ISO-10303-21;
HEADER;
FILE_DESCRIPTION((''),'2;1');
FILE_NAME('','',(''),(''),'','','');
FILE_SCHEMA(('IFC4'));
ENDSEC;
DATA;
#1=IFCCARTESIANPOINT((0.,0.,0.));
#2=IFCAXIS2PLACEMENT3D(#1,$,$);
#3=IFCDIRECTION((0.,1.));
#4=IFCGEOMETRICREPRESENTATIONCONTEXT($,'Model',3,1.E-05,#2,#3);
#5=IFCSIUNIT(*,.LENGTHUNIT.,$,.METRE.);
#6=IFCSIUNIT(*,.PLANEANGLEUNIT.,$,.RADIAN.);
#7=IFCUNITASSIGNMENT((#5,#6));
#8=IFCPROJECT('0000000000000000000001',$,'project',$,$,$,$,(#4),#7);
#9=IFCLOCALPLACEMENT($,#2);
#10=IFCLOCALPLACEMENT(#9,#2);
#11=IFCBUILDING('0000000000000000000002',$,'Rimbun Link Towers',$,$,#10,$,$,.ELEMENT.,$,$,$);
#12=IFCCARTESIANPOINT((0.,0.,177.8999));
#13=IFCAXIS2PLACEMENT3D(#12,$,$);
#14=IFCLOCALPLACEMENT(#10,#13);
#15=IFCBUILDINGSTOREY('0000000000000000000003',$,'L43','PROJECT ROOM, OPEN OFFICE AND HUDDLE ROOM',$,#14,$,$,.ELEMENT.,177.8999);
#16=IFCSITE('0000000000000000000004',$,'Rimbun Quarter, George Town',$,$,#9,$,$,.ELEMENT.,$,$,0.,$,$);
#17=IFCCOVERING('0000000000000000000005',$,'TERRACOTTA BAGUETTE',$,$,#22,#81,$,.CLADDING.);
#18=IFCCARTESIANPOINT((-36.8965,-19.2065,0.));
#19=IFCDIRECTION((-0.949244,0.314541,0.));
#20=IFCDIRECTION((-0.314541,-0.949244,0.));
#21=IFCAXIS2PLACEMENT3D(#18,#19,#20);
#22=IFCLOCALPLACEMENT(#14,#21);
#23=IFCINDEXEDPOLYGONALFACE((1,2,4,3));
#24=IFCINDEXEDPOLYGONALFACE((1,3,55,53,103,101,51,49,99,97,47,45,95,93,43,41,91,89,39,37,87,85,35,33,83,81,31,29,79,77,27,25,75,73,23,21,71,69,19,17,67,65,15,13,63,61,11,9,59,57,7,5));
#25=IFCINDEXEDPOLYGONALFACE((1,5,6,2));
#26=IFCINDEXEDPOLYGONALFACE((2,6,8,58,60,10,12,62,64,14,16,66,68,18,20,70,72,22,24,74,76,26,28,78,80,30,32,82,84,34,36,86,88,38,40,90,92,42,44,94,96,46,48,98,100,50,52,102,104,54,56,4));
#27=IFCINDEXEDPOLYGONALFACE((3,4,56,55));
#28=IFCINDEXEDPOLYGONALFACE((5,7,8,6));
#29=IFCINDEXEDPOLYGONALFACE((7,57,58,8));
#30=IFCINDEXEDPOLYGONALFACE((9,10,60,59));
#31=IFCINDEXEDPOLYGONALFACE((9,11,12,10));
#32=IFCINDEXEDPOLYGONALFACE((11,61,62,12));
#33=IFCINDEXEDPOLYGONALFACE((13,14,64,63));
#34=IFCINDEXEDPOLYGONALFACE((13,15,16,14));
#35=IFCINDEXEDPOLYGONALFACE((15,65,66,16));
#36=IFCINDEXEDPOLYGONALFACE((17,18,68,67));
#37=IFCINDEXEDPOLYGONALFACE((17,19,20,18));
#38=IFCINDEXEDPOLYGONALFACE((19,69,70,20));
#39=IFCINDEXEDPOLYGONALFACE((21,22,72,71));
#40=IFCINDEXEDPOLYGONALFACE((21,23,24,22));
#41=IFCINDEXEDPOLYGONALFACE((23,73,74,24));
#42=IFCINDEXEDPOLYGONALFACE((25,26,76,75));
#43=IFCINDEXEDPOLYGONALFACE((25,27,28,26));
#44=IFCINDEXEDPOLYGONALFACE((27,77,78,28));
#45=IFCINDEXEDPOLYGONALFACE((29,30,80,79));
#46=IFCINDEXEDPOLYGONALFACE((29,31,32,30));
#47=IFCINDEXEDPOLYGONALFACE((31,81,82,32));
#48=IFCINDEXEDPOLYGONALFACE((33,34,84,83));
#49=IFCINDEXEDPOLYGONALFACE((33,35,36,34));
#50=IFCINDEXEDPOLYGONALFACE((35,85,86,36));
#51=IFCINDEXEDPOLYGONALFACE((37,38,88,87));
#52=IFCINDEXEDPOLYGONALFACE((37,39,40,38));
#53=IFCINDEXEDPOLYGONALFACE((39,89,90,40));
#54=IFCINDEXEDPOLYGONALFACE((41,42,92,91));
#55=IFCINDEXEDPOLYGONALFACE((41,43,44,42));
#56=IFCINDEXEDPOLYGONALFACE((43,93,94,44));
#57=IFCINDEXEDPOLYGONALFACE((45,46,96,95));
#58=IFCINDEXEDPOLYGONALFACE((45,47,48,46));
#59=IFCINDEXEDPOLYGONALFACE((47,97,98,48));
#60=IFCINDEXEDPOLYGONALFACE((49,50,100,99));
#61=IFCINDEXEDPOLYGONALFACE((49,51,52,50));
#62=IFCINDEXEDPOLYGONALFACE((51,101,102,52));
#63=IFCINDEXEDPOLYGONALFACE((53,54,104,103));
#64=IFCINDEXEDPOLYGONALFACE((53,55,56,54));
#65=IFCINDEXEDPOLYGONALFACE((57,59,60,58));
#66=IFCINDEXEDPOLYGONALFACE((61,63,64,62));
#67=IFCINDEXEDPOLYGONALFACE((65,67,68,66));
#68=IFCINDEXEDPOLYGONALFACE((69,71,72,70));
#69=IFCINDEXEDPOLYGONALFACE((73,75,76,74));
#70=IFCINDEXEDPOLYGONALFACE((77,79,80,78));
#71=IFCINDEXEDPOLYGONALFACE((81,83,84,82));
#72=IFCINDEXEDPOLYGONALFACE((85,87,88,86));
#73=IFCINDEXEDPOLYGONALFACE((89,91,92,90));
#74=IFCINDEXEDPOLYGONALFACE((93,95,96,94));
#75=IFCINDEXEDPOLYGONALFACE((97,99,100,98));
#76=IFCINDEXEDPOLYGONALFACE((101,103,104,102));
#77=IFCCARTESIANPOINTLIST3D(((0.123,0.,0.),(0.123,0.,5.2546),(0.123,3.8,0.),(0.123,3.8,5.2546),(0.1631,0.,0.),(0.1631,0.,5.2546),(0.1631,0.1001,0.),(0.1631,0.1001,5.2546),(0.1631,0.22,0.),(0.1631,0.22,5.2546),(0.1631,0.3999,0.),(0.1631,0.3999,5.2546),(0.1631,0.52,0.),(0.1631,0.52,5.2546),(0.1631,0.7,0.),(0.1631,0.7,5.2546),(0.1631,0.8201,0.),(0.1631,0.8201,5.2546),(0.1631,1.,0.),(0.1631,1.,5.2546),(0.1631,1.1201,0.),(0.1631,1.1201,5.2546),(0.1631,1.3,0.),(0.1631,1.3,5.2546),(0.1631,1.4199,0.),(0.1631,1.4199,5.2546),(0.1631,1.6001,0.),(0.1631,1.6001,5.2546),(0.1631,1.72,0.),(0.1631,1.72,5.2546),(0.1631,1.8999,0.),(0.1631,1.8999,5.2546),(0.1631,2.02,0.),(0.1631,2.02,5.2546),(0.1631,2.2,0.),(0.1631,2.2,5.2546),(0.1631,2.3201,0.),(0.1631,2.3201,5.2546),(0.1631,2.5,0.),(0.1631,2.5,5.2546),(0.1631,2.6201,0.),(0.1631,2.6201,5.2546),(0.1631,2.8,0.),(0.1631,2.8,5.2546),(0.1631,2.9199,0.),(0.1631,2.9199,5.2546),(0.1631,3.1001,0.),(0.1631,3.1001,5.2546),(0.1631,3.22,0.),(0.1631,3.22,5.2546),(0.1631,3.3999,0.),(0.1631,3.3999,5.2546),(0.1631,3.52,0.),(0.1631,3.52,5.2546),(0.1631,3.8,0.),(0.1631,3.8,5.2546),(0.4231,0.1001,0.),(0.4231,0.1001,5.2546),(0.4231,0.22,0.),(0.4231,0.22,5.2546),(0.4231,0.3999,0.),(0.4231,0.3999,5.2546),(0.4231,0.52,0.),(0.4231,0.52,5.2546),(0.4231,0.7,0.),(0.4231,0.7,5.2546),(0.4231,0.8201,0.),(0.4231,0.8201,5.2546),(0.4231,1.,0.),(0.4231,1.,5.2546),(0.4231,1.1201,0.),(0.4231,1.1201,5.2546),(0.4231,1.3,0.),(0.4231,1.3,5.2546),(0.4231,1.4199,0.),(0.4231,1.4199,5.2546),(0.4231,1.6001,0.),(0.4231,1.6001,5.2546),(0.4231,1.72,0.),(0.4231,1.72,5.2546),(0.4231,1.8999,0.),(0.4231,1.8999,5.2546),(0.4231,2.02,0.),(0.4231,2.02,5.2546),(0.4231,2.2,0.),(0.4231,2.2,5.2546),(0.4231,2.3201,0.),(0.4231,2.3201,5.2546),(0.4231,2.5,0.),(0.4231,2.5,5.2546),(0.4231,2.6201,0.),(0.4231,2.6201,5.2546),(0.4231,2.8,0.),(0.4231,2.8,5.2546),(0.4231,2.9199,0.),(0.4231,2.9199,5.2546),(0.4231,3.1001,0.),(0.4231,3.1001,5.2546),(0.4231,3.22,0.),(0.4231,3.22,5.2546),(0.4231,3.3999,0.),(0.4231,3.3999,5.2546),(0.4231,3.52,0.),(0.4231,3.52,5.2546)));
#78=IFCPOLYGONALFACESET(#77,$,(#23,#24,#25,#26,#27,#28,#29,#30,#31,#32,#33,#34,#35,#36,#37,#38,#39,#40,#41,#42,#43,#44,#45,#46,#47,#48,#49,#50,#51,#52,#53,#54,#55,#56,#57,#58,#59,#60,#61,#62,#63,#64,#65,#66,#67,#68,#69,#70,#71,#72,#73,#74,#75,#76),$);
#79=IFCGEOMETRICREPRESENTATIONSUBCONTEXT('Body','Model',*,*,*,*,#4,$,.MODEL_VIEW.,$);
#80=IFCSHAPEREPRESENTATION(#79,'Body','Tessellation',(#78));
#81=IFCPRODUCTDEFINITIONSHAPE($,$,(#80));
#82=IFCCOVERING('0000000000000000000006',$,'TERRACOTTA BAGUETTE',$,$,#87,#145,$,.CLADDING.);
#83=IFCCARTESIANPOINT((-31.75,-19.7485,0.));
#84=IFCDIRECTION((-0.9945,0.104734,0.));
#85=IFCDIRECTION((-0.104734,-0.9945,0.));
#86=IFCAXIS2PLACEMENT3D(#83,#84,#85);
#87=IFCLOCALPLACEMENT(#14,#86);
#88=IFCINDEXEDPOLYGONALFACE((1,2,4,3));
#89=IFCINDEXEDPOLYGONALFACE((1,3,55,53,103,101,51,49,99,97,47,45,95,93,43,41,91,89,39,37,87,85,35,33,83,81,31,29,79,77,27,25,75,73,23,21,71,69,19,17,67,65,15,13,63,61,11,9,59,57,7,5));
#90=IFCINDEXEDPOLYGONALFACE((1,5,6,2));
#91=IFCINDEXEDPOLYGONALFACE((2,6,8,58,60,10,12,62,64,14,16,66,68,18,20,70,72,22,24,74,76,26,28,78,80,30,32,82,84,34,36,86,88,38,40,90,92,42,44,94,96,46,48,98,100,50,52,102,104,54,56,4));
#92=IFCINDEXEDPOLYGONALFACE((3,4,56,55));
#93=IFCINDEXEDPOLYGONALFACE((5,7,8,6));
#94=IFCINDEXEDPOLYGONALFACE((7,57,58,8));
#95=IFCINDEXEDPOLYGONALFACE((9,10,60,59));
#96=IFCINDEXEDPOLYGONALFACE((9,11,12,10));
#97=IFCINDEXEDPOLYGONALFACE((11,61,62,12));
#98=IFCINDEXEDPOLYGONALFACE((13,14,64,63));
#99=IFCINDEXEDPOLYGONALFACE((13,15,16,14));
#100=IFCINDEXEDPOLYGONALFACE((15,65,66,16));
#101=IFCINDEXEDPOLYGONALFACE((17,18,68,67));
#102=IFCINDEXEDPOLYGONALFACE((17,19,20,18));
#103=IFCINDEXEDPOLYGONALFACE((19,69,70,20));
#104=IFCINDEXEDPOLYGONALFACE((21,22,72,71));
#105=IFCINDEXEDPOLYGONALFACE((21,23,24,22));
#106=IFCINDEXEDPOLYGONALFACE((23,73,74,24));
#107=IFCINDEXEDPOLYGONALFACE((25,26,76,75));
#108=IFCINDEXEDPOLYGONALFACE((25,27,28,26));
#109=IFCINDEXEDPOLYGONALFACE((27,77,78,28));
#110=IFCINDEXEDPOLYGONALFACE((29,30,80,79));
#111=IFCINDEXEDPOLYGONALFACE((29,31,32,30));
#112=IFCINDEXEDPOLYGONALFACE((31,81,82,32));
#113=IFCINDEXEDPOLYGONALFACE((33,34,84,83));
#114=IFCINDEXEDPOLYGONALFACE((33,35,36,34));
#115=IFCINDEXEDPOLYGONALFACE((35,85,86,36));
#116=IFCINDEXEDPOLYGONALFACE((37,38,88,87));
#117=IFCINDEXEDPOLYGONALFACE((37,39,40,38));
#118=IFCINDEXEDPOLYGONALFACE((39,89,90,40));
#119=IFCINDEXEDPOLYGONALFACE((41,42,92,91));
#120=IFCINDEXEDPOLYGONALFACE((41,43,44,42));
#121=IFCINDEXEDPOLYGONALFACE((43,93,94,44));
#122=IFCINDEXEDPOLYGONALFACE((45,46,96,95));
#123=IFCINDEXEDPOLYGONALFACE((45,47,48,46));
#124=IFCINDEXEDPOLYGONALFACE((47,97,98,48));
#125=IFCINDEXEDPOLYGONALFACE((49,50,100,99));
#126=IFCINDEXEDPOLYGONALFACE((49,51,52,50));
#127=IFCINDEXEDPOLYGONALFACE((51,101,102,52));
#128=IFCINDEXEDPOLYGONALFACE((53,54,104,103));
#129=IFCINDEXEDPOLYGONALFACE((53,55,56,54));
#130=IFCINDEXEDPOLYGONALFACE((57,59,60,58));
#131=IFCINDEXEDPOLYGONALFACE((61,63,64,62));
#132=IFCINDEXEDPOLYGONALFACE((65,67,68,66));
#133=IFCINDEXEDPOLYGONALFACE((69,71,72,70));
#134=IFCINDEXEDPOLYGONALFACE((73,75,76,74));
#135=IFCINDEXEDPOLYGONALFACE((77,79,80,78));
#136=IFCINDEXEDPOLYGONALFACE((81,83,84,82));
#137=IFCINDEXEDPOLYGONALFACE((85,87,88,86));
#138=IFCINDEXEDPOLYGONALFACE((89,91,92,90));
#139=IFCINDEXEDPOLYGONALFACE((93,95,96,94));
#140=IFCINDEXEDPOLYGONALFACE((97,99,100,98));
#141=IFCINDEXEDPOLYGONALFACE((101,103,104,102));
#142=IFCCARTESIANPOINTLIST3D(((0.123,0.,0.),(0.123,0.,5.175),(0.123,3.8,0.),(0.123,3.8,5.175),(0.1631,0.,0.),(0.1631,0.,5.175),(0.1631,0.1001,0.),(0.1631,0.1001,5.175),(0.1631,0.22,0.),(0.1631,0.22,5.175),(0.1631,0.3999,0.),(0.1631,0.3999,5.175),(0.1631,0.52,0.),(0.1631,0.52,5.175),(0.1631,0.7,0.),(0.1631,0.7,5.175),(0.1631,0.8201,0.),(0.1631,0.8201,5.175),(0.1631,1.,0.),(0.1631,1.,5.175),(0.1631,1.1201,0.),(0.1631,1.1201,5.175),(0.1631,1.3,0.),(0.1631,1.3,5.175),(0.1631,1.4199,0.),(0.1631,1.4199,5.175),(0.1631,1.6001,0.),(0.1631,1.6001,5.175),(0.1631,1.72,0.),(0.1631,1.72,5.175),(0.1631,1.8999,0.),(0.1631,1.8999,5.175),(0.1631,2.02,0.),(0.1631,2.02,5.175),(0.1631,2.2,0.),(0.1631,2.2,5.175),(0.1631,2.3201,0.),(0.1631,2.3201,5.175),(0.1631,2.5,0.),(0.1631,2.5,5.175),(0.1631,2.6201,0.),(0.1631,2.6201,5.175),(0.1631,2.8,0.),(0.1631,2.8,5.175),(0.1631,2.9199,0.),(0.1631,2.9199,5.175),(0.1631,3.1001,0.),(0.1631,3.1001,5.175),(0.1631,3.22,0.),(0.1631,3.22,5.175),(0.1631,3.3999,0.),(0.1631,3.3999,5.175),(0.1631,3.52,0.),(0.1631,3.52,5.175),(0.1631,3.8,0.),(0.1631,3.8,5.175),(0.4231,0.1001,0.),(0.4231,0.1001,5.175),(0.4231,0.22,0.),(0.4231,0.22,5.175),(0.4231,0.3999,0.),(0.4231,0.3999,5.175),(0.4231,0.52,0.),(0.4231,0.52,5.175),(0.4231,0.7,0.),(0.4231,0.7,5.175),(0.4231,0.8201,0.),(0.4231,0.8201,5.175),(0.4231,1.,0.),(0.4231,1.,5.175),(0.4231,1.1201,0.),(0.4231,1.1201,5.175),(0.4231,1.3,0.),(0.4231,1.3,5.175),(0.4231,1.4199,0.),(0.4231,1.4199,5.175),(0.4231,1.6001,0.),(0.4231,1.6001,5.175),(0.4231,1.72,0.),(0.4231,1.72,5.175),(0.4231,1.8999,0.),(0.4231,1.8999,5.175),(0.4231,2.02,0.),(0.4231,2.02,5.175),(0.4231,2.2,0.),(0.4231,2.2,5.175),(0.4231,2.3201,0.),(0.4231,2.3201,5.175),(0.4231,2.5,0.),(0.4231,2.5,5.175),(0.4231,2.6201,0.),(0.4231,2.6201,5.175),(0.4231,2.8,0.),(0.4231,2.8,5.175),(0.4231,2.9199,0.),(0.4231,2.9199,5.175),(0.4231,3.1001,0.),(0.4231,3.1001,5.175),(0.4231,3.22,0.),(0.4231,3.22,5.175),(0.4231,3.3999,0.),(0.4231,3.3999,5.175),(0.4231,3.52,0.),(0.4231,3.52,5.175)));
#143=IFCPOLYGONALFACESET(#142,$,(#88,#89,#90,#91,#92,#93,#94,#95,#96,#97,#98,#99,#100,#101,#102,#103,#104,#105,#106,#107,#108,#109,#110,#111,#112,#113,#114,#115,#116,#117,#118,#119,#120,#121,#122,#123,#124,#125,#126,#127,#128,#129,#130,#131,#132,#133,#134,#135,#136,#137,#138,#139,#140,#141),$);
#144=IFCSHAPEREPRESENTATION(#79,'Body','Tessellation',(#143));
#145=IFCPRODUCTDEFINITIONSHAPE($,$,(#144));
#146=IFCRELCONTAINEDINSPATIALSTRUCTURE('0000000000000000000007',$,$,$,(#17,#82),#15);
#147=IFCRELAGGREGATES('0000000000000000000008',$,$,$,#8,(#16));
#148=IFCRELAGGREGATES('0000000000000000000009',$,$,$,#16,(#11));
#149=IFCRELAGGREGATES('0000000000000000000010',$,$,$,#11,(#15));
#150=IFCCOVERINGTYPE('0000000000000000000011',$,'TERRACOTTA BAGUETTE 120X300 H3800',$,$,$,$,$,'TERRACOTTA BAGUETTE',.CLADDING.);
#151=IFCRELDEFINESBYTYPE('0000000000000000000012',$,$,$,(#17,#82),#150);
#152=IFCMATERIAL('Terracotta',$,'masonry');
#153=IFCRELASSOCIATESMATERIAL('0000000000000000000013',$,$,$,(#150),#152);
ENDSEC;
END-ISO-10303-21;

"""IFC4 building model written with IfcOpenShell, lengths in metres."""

from ifc_helpers import new_model, si_unit, direction, frame, origin, place, context, subcontext, project, spatial, polyline, outline, extrude, material, material_profile, profile_set, type_object, element, save


model = new_model("IFC4")

# Units and contexts
model_context = context("Model", 3, precision=1e-05, world=origin(), true_north=direction((0.0, 1.0)))
body_context = subcontext(model_context, "Body", "Model", "MODEL_VIEW")
ifc_project = project(units=[si_unit("LENGTHUNIT", "METRE"), si_unit("PLANEANGLEUNIT", "RADIAN")], contexts=[model_context])

# Site, building, storey
site_placement = place(None, origin())
site = spatial("IfcSite", under=ifc_project, at=site_placement, Name="Rimbun Quarter, George Town", CompositionType="ELEMENT", RefElevation=0.0)
building_placement = place(site_placement, origin())
building = spatial("IfcBuilding", under=site, at=building_placement, Name="Rimbun Link Towers", CompositionType="ELEMENT")
storey_placement = place(building_placement, frame((0.0, 0.0, 177.8999)))
storey = spatial("IfcBuildingStorey", under=building, at=storey_placement, Name="L43", Description="PROJECT ROOM, OPEN OFFICE AND HUDDLE ROOM", CompositionType="ELEMENT", Elevation=177.8999)

# Coverings
ifc_material_1 = material(Name="Terracotta", Category="masonry")
ifc_material_profile_1 = material_profile(ifc_material_1, outline(polyline([(0.123, 0.0), (0.1631, 0.0), (0.1631, 0.1001), (0.4231, 0.1001), (0.4231, 0.22), (0.1631, 0.22), (0.1631, 0.3999), (0.4231, 0.3999), (0.4231, 0.52), (0.1631, 0.52), (0.1631, 0.7), (0.4231, 0.7), (0.4231, 0.8201), (0.1631, 0.8201), (0.1631, 1.0), (0.4231, 1.0), (0.4231, 1.1201), (0.1631, 1.1201), (0.1631, 1.3), (0.4231, 1.3), (0.4231, 1.4199), (0.1631, 1.4199), (0.1631, 1.6001), (0.4231, 1.6001), (0.4231, 1.72), (0.1631, 1.72), (0.1631, 1.8999), (0.4231, 1.8999), (0.4231, 2.02), (0.1631, 2.02), (0.1631, 2.2), (0.4231, 2.2), (0.4231, 2.3201), (0.1631, 2.3201), (0.1631, 2.5), (0.4231, 2.5), (0.4231, 2.6201), (0.1631, 2.6201), (0.1631, 2.8), (0.4231, 2.8), (0.4231, 2.9199), (0.1631, 2.9199), (0.1631, 3.1001), (0.4231, 3.1001), (0.4231, 3.22), (0.1631, 3.22), (0.1631, 3.3999), (0.4231, 3.3999), (0.4231, 3.52), (0.1631, 3.52), (0.1631, 3.8), (0.123, 3.8), (0.123, 0.0)])), Name="BAGUETTE 120X300")
ifc_profile_set_1 = profile_set([ifc_material_profile_1], Name="Terracotta")
covering_type = type_object("IfcCoveringType", Name="TERRACOTTA BAGUETTE 120X300 H3800", ElementType="TERRACOTTA BAGUETTE", PredefinedType="CLADDING", material=ifc_profile_set_1)
covering_1_placement = place(storey_placement, frame((-36.8965, -19.2065, 0.0), z_axis=(-0.949244, 0.314541, 0.0), x_axis=(-0.314541, -0.949244, 0.0)))
element("IfcCovering", 1, at=covering_1_placement, inside=storey, type_object=covering_type, Name="TERRACOTTA BAGUETTE", PredefinedType="CLADDING", context=body_context, shape_type="SweptSolid", body=[
    extrude(outline(polyline([(0.123, 0.0), (0.1631, 0.0), (0.1631, 0.1001), (0.4231, 0.1001), (0.4231, 0.22), (0.1631, 0.22), (0.1631, 0.3999), (0.4231, 0.3999), (0.4231, 0.52), (0.1631, 0.52), (0.1631, 0.7), (0.4231, 0.7), (0.4231, 0.8201), (0.1631, 0.8201), (0.1631, 1.0), (0.4231, 1.0), (0.4231, 1.1201), (0.1631, 1.1201), (0.1631, 1.3), (0.4231, 1.3), (0.4231, 1.4199), (0.1631, 1.4199), (0.1631, 1.6001), (0.4231, 1.6001), (0.4231, 1.72), (0.1631, 1.72), (0.1631, 1.8999), (0.4231, 1.8999), (0.4231, 2.02), (0.1631, 2.02), (0.1631, 2.2), (0.4231, 2.2), (0.4231, 2.3201), (0.1631, 2.3201), (0.1631, 2.5), (0.4231, 2.5), (0.4231, 2.6201), (0.1631, 2.6201), (0.1631, 2.8), (0.4231, 2.8), (0.4231, 2.9199), (0.1631, 2.9199), (0.1631, 3.1001), (0.4231, 3.1001), (0.4231, 3.22), (0.1631, 3.22), (0.1631, 3.3999), (0.4231, 3.3999), (0.4231, 3.52), (0.1631, 3.52), (0.1631, 3.8), (0.123, 3.8), (0.123, 0.0)])), origin(), (0.0, 0.0, 1.0), 5.2546),
])
covering_2_placement = place(storey_placement, frame((-31.75, -19.7485, 0.0), z_axis=(-0.9945, 0.104734, 0.0), x_axis=(-0.104734, -0.9945, 0.0)))
element("IfcCovering", 2, at=covering_2_placement, inside=storey, type_object=covering_type, Name="TERRACOTTA BAGUETTE", PredefinedType="CLADDING", context=body_context, shape_type="SweptSolid", body=[
    extrude(outline(polyline([(0.123, 0.0), (0.1631, 0.0), (0.1631, 0.1001), (0.4231, 0.1001), (0.4231, 0.22), (0.1631, 0.22), (0.1631, 0.3999), (0.4231, 0.3999), (0.4231, 0.52), (0.1631, 0.52), (0.1631, 0.7), (0.4231, 0.7), (0.4231, 0.8201), (0.1631, 0.8201), (0.1631, 1.0), (0.4231, 1.0), (0.4231, 1.1201), (0.1631, 1.1201), (0.1631, 1.3), (0.4231, 1.3), (0.4231, 1.4199), (0.1631, 1.4199), (0.1631, 1.6001), (0.4231, 1.6001), (0.4231, 1.72), (0.1631, 1.72), (0.1631, 1.8999), (0.4231, 1.8999), (0.4231, 2.02), (0.1631, 2.02), (0.1631, 2.2), (0.4231, 2.2), (0.4231, 2.3201), (0.1631, 2.3201), (0.1631, 2.5), (0.4231, 2.5), (0.4231, 2.6201), (0.1631, 2.6201), (0.1631, 2.8), (0.4231, 2.8), (0.4231, 2.9199), (0.1631, 2.9199), (0.1631, 3.1001), (0.4231, 3.1001), (0.4231, 3.22), (0.1631, 3.22), (0.1631, 3.3999), (0.4231, 3.3999), (0.4231, 3.52), (0.1631, 3.52), (0.1631, 3.8), (0.123, 3.8), (0.123, 0.0)])), origin(), (0.0, 0.0, 1.0), 5.175),
])

save(model, "model.ifc")
